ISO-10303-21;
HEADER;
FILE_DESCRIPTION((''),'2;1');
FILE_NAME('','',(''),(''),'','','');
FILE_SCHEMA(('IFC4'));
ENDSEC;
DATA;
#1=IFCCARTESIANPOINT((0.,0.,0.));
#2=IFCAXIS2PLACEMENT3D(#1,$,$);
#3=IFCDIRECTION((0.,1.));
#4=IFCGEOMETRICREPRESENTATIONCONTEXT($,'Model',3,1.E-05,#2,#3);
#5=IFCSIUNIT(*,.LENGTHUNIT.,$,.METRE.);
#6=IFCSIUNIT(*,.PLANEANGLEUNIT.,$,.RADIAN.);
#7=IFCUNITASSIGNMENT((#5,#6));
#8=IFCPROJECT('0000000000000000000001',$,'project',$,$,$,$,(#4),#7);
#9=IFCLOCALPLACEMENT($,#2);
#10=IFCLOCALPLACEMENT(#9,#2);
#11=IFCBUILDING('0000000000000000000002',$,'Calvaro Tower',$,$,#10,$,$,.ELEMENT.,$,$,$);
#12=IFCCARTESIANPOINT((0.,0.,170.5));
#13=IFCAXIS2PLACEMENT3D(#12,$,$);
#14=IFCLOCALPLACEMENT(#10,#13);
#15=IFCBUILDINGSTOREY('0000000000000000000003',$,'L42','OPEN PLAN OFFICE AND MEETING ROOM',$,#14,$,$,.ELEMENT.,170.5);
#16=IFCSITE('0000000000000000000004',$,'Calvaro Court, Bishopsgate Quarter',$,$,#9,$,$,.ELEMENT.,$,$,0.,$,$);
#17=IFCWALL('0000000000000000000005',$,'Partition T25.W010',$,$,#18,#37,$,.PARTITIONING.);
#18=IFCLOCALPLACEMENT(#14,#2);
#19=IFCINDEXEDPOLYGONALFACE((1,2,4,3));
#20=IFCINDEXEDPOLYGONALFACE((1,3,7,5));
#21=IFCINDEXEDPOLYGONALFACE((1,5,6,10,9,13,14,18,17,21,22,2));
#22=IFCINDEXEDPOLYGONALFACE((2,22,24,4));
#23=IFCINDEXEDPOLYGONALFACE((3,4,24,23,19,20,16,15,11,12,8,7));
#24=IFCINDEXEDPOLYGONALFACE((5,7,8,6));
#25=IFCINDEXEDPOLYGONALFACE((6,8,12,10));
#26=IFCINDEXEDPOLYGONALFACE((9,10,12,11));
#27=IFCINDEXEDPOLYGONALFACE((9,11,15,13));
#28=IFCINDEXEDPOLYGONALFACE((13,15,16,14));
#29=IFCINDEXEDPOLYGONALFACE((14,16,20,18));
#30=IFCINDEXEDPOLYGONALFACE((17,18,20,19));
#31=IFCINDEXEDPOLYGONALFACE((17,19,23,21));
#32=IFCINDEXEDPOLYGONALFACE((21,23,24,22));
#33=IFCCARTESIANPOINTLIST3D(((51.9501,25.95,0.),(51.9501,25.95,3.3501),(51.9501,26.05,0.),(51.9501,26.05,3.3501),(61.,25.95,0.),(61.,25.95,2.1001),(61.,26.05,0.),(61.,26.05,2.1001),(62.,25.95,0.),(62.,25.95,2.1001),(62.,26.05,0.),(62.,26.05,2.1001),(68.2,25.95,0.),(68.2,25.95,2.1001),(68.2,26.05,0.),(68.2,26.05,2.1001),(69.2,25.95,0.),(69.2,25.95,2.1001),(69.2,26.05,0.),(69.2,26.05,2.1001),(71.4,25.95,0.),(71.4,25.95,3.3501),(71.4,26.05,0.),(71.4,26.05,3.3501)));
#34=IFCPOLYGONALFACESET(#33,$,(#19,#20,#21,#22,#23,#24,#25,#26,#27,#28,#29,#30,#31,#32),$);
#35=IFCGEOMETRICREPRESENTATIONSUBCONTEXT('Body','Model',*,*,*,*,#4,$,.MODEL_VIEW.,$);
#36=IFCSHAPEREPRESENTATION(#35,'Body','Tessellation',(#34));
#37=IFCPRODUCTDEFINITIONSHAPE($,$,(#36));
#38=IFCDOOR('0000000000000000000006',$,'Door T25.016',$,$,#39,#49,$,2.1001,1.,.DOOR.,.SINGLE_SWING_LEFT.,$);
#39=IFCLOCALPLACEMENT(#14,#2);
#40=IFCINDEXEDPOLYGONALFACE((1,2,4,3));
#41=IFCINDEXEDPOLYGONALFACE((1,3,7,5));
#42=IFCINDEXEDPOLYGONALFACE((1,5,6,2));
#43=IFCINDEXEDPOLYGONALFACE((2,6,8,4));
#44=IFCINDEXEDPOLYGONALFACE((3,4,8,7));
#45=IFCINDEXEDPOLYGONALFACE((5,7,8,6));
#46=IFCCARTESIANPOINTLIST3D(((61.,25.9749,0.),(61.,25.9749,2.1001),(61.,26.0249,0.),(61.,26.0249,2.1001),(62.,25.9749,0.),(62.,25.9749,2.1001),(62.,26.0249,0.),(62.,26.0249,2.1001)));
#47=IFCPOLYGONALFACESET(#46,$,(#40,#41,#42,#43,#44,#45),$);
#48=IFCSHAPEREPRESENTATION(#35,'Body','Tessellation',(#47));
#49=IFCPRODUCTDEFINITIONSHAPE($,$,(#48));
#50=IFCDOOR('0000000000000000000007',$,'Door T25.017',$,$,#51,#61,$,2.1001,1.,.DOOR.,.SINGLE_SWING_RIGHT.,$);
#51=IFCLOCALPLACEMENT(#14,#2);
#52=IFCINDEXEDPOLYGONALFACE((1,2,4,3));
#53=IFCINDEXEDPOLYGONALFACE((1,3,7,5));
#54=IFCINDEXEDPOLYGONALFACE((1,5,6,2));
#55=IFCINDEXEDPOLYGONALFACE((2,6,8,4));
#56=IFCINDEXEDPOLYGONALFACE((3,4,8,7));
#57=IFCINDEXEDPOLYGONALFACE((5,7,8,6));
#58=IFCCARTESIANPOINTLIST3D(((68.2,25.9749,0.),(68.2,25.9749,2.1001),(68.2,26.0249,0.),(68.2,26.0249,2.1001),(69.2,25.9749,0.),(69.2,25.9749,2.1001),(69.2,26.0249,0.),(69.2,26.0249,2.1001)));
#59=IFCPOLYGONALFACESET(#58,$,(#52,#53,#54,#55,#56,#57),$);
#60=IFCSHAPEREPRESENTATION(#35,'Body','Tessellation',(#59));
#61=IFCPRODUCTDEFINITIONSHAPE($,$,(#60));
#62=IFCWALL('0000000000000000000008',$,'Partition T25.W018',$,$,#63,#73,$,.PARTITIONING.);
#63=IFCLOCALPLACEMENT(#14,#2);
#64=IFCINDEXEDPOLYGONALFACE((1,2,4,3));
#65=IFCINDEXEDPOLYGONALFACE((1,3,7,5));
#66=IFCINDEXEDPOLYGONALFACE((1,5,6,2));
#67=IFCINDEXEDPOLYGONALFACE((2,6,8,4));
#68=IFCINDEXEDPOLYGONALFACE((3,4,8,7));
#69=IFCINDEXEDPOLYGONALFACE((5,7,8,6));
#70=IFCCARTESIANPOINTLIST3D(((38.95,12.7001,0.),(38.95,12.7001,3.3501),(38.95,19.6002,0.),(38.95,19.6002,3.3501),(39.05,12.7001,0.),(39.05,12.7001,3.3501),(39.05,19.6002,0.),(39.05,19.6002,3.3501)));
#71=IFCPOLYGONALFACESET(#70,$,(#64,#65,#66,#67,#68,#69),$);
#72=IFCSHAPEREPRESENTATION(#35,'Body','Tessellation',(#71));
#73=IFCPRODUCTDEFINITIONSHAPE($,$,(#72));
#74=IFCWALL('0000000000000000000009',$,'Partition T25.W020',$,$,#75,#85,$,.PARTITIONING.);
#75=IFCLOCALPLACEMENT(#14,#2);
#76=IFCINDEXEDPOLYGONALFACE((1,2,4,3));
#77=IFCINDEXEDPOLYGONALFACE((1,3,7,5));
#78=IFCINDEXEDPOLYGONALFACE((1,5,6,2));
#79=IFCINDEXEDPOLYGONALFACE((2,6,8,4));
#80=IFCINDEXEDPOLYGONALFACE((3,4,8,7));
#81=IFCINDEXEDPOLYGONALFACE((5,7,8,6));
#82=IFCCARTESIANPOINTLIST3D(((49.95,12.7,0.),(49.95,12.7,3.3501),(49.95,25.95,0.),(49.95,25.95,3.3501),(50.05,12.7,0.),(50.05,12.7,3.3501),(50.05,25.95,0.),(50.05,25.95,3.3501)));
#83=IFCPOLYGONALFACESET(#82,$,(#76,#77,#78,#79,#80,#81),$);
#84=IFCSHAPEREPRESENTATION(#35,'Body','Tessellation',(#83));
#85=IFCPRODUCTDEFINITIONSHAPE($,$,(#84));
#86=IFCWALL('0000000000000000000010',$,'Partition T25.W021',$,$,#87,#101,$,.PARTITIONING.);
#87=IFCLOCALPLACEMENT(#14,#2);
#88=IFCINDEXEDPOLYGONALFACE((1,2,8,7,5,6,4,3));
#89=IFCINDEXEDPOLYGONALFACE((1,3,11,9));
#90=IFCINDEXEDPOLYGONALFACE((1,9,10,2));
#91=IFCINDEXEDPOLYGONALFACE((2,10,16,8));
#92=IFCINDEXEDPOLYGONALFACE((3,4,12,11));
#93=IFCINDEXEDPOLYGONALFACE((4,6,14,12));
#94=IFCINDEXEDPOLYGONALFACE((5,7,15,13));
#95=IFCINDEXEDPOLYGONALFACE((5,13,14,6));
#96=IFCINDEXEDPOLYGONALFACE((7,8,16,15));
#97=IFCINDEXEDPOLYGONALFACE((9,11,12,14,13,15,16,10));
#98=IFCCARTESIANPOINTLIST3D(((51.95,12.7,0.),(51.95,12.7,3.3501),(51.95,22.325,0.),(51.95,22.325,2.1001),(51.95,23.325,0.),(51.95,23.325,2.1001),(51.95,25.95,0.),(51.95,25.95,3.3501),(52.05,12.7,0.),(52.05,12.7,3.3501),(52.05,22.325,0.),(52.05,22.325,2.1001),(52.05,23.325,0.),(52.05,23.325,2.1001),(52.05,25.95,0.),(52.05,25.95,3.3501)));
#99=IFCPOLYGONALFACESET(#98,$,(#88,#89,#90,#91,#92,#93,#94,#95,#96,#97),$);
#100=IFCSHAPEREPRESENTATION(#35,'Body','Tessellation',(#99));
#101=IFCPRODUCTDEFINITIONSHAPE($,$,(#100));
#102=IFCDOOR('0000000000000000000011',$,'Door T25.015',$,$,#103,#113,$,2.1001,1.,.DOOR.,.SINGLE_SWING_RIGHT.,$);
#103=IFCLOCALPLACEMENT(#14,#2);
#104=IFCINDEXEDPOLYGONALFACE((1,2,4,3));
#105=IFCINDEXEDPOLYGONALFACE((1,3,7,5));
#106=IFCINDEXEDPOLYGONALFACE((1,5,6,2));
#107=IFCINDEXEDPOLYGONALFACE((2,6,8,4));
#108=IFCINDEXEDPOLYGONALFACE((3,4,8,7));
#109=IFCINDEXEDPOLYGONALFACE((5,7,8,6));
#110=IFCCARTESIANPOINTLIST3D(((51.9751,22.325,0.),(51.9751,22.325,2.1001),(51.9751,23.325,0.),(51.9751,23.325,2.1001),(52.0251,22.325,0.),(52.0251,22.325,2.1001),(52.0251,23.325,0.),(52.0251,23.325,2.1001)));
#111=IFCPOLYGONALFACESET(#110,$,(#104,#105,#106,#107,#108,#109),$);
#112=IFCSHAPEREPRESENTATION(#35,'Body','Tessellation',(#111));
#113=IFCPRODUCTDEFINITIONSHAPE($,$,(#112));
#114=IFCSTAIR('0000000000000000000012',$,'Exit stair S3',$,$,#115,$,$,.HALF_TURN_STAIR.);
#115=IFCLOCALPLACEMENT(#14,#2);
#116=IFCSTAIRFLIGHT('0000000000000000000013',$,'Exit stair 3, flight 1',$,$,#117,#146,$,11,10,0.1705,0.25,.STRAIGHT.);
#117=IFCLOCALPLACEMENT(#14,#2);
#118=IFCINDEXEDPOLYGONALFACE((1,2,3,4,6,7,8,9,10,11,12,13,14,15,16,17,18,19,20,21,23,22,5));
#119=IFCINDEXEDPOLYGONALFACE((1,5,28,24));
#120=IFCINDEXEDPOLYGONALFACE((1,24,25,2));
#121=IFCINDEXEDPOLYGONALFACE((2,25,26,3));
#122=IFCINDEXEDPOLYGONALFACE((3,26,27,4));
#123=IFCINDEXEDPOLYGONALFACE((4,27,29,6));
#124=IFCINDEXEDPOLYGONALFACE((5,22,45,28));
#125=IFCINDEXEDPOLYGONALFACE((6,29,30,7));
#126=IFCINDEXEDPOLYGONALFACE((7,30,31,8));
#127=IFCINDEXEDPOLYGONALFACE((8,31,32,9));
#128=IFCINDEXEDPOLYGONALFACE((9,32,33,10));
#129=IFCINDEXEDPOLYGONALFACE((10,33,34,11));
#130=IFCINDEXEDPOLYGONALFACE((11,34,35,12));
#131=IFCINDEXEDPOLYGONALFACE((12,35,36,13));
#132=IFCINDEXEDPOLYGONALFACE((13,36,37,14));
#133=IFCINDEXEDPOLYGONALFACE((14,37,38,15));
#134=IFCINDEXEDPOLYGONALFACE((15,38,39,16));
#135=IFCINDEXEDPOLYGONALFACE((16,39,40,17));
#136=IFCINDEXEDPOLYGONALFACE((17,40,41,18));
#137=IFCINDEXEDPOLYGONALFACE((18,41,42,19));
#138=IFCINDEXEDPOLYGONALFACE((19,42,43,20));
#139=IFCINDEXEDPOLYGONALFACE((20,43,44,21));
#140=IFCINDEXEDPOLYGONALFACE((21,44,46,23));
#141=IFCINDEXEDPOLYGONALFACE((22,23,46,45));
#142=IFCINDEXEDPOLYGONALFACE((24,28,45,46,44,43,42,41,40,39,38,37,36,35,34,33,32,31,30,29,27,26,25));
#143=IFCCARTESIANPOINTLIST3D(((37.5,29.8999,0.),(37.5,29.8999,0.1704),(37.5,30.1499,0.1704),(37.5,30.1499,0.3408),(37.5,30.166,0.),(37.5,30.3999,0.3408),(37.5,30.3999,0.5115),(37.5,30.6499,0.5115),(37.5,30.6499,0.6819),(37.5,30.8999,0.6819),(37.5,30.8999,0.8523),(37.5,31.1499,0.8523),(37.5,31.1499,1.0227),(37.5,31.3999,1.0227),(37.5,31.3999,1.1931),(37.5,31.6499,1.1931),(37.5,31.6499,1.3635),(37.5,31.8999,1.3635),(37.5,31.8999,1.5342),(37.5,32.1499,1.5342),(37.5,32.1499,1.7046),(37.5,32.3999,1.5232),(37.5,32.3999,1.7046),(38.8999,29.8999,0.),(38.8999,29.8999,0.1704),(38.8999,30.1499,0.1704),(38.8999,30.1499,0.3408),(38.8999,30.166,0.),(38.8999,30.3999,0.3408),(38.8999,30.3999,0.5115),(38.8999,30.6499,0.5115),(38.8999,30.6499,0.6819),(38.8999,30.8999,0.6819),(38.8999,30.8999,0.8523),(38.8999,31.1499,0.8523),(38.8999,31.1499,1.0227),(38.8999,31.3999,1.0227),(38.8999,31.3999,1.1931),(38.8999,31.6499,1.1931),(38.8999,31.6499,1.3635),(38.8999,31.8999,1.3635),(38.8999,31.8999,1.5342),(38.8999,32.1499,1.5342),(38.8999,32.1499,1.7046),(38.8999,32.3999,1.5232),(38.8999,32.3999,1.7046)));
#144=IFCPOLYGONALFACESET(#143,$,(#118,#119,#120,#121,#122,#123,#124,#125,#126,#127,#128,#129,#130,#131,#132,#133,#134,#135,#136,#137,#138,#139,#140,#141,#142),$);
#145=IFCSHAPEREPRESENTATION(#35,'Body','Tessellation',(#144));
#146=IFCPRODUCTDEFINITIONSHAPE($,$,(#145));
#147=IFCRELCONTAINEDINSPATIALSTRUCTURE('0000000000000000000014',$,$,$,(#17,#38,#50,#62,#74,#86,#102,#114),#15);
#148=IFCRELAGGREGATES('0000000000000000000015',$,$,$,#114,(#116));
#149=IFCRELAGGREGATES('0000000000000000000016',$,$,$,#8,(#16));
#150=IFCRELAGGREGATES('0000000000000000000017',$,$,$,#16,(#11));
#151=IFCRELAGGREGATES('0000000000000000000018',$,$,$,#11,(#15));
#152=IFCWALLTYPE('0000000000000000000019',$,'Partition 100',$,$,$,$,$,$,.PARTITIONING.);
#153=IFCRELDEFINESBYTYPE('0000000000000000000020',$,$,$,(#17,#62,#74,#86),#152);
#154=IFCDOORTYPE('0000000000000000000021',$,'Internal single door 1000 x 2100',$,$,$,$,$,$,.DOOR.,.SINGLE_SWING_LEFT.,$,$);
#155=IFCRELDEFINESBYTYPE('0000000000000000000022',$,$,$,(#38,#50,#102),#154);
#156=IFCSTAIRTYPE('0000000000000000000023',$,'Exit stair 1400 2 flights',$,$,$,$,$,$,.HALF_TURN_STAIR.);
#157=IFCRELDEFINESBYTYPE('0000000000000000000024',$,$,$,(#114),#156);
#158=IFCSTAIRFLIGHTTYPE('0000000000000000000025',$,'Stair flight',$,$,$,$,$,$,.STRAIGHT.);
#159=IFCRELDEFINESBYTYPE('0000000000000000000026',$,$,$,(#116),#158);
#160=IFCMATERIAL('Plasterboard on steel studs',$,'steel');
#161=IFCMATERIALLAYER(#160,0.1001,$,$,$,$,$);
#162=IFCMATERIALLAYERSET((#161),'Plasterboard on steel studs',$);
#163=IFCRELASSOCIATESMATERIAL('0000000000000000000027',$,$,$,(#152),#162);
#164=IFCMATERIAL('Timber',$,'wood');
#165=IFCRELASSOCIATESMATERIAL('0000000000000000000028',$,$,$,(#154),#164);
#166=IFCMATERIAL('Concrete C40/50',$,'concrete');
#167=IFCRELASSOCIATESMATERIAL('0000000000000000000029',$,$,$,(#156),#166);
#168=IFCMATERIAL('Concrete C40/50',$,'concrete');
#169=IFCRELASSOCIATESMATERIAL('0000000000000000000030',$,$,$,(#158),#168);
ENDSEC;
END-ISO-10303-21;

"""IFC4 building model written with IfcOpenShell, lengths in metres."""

from ifc_helpers import new_model, si_unit, direction, frame, frame_2d, origin, place, context, subcontext, project, spatial, polyline, rectangle, outline, extrude, material, layer, layer_set, type_object, element, fill, aggregate, save


model = new_model("IFC4")

# Units and contexts
model_context = context("Model", 3, precision=1e-05, world=origin(), true_north=direction((0.0, 1.0)))
body_context = subcontext(model_context, "Body", "Model", "MODEL_VIEW")
ifc_project = project(units=[si_unit("LENGTHUNIT", "METRE"), si_unit("PLANEANGLEUNIT", "RADIAN")], contexts=[model_context])

# Site, building, storey
site_placement = place(None, origin())
site = spatial("IfcSite", under=ifc_project, at=site_placement, Name="Calvaro Court, Bishopsgate Quarter", CompositionType="ELEMENT", RefElevation=0.0)
building_placement = place(site_placement, origin())
building = spatial("IfcBuilding", under=site, at=building_placement, Name="Calvaro Tower", CompositionType="ELEMENT")
storey_placement = place(building_placement, frame((0.0, 0.0, 170.5)))
storey = spatial("IfcBuildingStorey", under=building, at=storey_placement, Name="L42", Description="OPEN PLAN OFFICE AND MEETING ROOM", CompositionType="ELEMENT", Elevation=170.5)

# Shared definitions
ifc_material_1 = material(Name="Plasterboard on steel studs", Category="steel")
ifc_layer_1 = layer(ifc_material_1, 0.1001)
ifc_layer_set_1 = layer_set([ifc_layer_1], Name="Plasterboard on steel studs")
wall_type_1 = type_object("IfcWallType", Name="Partition 100", PredefinedType="PARTITIONING", material=ifc_layer_set_1)

# Wall, openings, doors
wall_1_placement = place(storey_placement, frame((51.95, 26.0, 0.0), z_axis=(0.0, 0.0, 1.0), x_axis=(1.0, 0.0, 0.0)))
wall_1 = element("IfcWall", 1, at=wall_1_placement, inside=storey, type_object=wall_type_1, Name="Partition T25.W010", PredefinedType="PARTITIONING", context=body_context, shape_type="SweptSolid", body=[
    extrude(rectangle(XDim=19.45, YDim=0.1001, at=frame_2d((9.7251, 0.0))), origin(), (0.0, 0.0, 1.0), 3.3501),
])
opening_1_placement = place(wall_1_placement, frame((9.05, 0.0, 0.0)))
opening_1 = element("IfcOpeningElement", 2, at=opening_1_placement, cuts=wall_1, PredefinedType="OPENING", context=body_context, shape_type="SweptSolid", body=[
    extrude(rectangle(XDim=1.0, YDim=2.1001, at=frame_2d((0.5, 1.05))), frame((0.0, 0.0601, 0.0), z_axis=(0.0, -1.0, 0.0), x_axis=(1.0, 0.0, 0.0)), (0.0, 0.0, 1.0), 0.1201),
])
opening_2_placement = place(wall_1_placement, frame((16.25, 0.0, 0.0)))
opening_2 = element("IfcOpeningElement", 3, at=opening_2_placement, cuts=wall_1, PredefinedType="OPENING", context=body_context, shape_type="SweptSolid", body=[
    extrude(rectangle(XDim=1.0, YDim=2.1001, at=frame_2d((0.5, 1.05))), frame((0.0, 0.0601, 0.0), z_axis=(0.0, -1.0, 0.0), x_axis=(1.0, 0.0, 0.0)), (0.0, 0.0, 1.0), 0.1201),
])
ifc_material_2 = material(Name="Timber", Category="wood")
door_type_1 = type_object("IfcDoorType", Name="Internal single door 1000 x 2100", OperationType="SINGLE_SWING_LEFT", PredefinedType="DOOR", material=ifc_material_2)
door_1_placement = place(opening_1_placement, origin())
door_1 = element("IfcDoor", 4, at=door_1_placement, inside=storey, type_object=door_type_1, Name="Door T25.016", OperationType="SINGLE_SWING_LEFT", OverallHeight=2.1001, OverallWidth=1.0, PredefinedType="DOOR", context=body_context, shape_type="SweptSolid", body=[
    extrude(rectangle(XDim=1.0, YDim=2.1001, at=frame_2d((0.5, 1.05))), frame((0.0, 0.0249, 0.0), z_axis=(0.0, -1.0, 0.0), x_axis=(1.0, 0.0, 0.0)), (0.0, 0.0, 1.0), 0.05),
])
fill(opening_1, door_1)
door_2_placement = place(opening_2_placement, origin())
door_2 = element("IfcDoor", 5, at=door_2_placement, inside=storey, type_object=door_type_1, Name="Door T25.017", OperationType="SINGLE_SWING_RIGHT", OverallHeight=2.1001, OverallWidth=1.0, PredefinedType="DOOR", context=body_context, shape_type="SweptSolid", body=[
    extrude(rectangle(XDim=1.0, YDim=2.1001, at=frame_2d((0.5, 1.05))), frame((0.0, 0.0249, 0.0), z_axis=(0.0, -1.0, 0.0), x_axis=(1.0, 0.0, 0.0)), (0.0, 0.0, 1.0), 0.05),
])
fill(opening_2, door_2)

# Walls
wall_2_placement = place(storey_placement, frame((39.0, 12.7, 0.0), z_axis=(0.0, 0.0, 1.0), x_axis=(0.0, 1.0, 0.0)))
element("IfcWall", 6, at=wall_2_placement, inside=storey, type_object=wall_type_1, Name="Partition T25.W018", PredefinedType="PARTITIONING", context=body_context, shape_type="SweptSolid", body=[
    extrude(rectangle(XDim=6.9001, YDim=0.1001, at=frame_2d((3.4502, 0.0))), origin(), (0.0, 0.0, 1.0), 3.3501),
])
wall_3_placement = place(storey_placement, frame((50.0, 12.7, 0.0), z_axis=(0.0, 0.0, 1.0), x_axis=(0.0, 1.0, 0.0)))
element("IfcWall", 7, at=wall_3_placement, inside=storey, type_object=wall_type_1, Name="Partition T25.W020", PredefinedType="PARTITIONING", context=body_context, shape_type="SweptSolid", body=[
    extrude(rectangle(XDim=13.25, YDim=0.1001, at=frame_2d((6.625, 0.0))), origin(), (0.0, 0.0, 1.0), 3.3501),
])

# Wall, opening, door
wall_4_placement = place(storey_placement, frame((52.0, 12.7, 0.0), z_axis=(0.0, 0.0, 1.0), x_axis=(0.0, 1.0, 0.0)))
wall_4 = element("IfcWall", 8, at=wall_4_placement, inside=storey, type_object=wall_type_1, Name="Partition T25.W021", PredefinedType="PARTITIONING", context=body_context, shape_type="SweptSolid", body=[
    extrude(rectangle(XDim=13.25, YDim=0.1001, at=frame_2d((6.625, 0.0))), origin(), (0.0, 0.0, 1.0), 3.3501),
])
opening_3_placement = place(wall_4_placement, frame((9.625, 0.0, 0.0)))
opening_3 = element("IfcOpeningElement", 9, at=opening_3_placement, cuts=wall_4, PredefinedType="OPENING", context=body_context, shape_type="SweptSolid", body=[
    extrude(rectangle(XDim=1.0, YDim=2.1001, at=frame_2d((0.5, 1.05))), frame((0.0, 0.0601, 0.0), z_axis=(0.0, -1.0, 0.0), x_axis=(1.0, 0.0, 0.0)), (0.0, 0.0, 1.0), 0.1201),
])
door_3_placement = place(opening_3_placement, origin())
door_3 = element("IfcDoor", 10, at=door_3_placement, inside=storey, type_object=door_type_1, Name="Door T25.015", OperationType="SINGLE_SWING_RIGHT", OverallHeight=2.1001, OverallWidth=1.0, PredefinedType="DOOR", context=body_context, shape_type="SweptSolid", body=[
    extrude(rectangle(XDim=1.0, YDim=2.1001, at=frame_2d((0.5, 1.05))), frame((0.0, 0.0249, 0.0), z_axis=(0.0, -1.0, 0.0), x_axis=(1.0, 0.0, 0.0)), (0.0, 0.0, 1.0), 0.05),
])
fill(opening_3, door_3)

# Stair, stair flight
ifc_material_3 = material(Name="Concrete C40/50", Category="concrete")
stair_type = type_object("IfcStairType", Name="Exit stair 1400 2 flights", PredefinedType="HALF_TURN_STAIR", material=ifc_material_3)
stair_placement = place(storey_placement, origin())
stair = element("IfcStair", 11, at=stair_placement, inside=storey, type_object=stair_type, Name="Exit stair S3", PredefinedType="HALF_TURN_STAIR")
ifc_material_4 = material(Name="Concrete C40/50", Category="concrete")
stair_flight_type = type_object("IfcStairFlightType", Name="Stair flight", PredefinedType="STRAIGHT", material=ifc_material_4)
stair_flight_placement = place(storey_placement, frame((38.2, 29.8999, 0.0), z_axis=(0.0, 0.0, 1.0), x_axis=(0.0, 1.0, 0.0)))
stair_flight = element("IfcStairFlight", 12, at=stair_flight_placement, type_object=stair_flight_type, Name="Exit stair 3, flight 1", NumberOfRisers=11, NumberOfTreads=10, PredefinedType="STRAIGHT", RiserHeight=0.1705, TreadLength=0.25, context=body_context, shape_type="SweptSolid", body=[
    extrude(outline(polyline([(0.0, 0.0), (0.0, 0.1704), (0.25, 0.1704), (0.25, 0.3408), (0.5, 0.3408), (0.5, 0.5115), (0.75, 0.5115), (0.75, 0.6819), (1.0, 0.6819), (1.0, 0.8523), (1.25, 0.8523), (1.25, 1.0227), (1.5, 1.0227), (1.5, 1.1931), (1.75, 1.1931), (1.75, 1.3635), (2.0, 1.3635), (2.0, 1.5342), (2.25, 1.5342), (2.25, 1.7046), (2.5, 1.7046), (2.5, 1.875), (2.5, 1.5232), (0.2661, 0.0), (0.0, 0.0)])), frame((0.0, 0.7, 0.0), z_axis=(0.0, -1.0, 0.0), x_axis=(1.0, 0.0, 0.0)), (0.0, 0.0, 1.0), 1.3999),
])
aggregate(stair, [stair_flight])

save(model, "model.ifc")
